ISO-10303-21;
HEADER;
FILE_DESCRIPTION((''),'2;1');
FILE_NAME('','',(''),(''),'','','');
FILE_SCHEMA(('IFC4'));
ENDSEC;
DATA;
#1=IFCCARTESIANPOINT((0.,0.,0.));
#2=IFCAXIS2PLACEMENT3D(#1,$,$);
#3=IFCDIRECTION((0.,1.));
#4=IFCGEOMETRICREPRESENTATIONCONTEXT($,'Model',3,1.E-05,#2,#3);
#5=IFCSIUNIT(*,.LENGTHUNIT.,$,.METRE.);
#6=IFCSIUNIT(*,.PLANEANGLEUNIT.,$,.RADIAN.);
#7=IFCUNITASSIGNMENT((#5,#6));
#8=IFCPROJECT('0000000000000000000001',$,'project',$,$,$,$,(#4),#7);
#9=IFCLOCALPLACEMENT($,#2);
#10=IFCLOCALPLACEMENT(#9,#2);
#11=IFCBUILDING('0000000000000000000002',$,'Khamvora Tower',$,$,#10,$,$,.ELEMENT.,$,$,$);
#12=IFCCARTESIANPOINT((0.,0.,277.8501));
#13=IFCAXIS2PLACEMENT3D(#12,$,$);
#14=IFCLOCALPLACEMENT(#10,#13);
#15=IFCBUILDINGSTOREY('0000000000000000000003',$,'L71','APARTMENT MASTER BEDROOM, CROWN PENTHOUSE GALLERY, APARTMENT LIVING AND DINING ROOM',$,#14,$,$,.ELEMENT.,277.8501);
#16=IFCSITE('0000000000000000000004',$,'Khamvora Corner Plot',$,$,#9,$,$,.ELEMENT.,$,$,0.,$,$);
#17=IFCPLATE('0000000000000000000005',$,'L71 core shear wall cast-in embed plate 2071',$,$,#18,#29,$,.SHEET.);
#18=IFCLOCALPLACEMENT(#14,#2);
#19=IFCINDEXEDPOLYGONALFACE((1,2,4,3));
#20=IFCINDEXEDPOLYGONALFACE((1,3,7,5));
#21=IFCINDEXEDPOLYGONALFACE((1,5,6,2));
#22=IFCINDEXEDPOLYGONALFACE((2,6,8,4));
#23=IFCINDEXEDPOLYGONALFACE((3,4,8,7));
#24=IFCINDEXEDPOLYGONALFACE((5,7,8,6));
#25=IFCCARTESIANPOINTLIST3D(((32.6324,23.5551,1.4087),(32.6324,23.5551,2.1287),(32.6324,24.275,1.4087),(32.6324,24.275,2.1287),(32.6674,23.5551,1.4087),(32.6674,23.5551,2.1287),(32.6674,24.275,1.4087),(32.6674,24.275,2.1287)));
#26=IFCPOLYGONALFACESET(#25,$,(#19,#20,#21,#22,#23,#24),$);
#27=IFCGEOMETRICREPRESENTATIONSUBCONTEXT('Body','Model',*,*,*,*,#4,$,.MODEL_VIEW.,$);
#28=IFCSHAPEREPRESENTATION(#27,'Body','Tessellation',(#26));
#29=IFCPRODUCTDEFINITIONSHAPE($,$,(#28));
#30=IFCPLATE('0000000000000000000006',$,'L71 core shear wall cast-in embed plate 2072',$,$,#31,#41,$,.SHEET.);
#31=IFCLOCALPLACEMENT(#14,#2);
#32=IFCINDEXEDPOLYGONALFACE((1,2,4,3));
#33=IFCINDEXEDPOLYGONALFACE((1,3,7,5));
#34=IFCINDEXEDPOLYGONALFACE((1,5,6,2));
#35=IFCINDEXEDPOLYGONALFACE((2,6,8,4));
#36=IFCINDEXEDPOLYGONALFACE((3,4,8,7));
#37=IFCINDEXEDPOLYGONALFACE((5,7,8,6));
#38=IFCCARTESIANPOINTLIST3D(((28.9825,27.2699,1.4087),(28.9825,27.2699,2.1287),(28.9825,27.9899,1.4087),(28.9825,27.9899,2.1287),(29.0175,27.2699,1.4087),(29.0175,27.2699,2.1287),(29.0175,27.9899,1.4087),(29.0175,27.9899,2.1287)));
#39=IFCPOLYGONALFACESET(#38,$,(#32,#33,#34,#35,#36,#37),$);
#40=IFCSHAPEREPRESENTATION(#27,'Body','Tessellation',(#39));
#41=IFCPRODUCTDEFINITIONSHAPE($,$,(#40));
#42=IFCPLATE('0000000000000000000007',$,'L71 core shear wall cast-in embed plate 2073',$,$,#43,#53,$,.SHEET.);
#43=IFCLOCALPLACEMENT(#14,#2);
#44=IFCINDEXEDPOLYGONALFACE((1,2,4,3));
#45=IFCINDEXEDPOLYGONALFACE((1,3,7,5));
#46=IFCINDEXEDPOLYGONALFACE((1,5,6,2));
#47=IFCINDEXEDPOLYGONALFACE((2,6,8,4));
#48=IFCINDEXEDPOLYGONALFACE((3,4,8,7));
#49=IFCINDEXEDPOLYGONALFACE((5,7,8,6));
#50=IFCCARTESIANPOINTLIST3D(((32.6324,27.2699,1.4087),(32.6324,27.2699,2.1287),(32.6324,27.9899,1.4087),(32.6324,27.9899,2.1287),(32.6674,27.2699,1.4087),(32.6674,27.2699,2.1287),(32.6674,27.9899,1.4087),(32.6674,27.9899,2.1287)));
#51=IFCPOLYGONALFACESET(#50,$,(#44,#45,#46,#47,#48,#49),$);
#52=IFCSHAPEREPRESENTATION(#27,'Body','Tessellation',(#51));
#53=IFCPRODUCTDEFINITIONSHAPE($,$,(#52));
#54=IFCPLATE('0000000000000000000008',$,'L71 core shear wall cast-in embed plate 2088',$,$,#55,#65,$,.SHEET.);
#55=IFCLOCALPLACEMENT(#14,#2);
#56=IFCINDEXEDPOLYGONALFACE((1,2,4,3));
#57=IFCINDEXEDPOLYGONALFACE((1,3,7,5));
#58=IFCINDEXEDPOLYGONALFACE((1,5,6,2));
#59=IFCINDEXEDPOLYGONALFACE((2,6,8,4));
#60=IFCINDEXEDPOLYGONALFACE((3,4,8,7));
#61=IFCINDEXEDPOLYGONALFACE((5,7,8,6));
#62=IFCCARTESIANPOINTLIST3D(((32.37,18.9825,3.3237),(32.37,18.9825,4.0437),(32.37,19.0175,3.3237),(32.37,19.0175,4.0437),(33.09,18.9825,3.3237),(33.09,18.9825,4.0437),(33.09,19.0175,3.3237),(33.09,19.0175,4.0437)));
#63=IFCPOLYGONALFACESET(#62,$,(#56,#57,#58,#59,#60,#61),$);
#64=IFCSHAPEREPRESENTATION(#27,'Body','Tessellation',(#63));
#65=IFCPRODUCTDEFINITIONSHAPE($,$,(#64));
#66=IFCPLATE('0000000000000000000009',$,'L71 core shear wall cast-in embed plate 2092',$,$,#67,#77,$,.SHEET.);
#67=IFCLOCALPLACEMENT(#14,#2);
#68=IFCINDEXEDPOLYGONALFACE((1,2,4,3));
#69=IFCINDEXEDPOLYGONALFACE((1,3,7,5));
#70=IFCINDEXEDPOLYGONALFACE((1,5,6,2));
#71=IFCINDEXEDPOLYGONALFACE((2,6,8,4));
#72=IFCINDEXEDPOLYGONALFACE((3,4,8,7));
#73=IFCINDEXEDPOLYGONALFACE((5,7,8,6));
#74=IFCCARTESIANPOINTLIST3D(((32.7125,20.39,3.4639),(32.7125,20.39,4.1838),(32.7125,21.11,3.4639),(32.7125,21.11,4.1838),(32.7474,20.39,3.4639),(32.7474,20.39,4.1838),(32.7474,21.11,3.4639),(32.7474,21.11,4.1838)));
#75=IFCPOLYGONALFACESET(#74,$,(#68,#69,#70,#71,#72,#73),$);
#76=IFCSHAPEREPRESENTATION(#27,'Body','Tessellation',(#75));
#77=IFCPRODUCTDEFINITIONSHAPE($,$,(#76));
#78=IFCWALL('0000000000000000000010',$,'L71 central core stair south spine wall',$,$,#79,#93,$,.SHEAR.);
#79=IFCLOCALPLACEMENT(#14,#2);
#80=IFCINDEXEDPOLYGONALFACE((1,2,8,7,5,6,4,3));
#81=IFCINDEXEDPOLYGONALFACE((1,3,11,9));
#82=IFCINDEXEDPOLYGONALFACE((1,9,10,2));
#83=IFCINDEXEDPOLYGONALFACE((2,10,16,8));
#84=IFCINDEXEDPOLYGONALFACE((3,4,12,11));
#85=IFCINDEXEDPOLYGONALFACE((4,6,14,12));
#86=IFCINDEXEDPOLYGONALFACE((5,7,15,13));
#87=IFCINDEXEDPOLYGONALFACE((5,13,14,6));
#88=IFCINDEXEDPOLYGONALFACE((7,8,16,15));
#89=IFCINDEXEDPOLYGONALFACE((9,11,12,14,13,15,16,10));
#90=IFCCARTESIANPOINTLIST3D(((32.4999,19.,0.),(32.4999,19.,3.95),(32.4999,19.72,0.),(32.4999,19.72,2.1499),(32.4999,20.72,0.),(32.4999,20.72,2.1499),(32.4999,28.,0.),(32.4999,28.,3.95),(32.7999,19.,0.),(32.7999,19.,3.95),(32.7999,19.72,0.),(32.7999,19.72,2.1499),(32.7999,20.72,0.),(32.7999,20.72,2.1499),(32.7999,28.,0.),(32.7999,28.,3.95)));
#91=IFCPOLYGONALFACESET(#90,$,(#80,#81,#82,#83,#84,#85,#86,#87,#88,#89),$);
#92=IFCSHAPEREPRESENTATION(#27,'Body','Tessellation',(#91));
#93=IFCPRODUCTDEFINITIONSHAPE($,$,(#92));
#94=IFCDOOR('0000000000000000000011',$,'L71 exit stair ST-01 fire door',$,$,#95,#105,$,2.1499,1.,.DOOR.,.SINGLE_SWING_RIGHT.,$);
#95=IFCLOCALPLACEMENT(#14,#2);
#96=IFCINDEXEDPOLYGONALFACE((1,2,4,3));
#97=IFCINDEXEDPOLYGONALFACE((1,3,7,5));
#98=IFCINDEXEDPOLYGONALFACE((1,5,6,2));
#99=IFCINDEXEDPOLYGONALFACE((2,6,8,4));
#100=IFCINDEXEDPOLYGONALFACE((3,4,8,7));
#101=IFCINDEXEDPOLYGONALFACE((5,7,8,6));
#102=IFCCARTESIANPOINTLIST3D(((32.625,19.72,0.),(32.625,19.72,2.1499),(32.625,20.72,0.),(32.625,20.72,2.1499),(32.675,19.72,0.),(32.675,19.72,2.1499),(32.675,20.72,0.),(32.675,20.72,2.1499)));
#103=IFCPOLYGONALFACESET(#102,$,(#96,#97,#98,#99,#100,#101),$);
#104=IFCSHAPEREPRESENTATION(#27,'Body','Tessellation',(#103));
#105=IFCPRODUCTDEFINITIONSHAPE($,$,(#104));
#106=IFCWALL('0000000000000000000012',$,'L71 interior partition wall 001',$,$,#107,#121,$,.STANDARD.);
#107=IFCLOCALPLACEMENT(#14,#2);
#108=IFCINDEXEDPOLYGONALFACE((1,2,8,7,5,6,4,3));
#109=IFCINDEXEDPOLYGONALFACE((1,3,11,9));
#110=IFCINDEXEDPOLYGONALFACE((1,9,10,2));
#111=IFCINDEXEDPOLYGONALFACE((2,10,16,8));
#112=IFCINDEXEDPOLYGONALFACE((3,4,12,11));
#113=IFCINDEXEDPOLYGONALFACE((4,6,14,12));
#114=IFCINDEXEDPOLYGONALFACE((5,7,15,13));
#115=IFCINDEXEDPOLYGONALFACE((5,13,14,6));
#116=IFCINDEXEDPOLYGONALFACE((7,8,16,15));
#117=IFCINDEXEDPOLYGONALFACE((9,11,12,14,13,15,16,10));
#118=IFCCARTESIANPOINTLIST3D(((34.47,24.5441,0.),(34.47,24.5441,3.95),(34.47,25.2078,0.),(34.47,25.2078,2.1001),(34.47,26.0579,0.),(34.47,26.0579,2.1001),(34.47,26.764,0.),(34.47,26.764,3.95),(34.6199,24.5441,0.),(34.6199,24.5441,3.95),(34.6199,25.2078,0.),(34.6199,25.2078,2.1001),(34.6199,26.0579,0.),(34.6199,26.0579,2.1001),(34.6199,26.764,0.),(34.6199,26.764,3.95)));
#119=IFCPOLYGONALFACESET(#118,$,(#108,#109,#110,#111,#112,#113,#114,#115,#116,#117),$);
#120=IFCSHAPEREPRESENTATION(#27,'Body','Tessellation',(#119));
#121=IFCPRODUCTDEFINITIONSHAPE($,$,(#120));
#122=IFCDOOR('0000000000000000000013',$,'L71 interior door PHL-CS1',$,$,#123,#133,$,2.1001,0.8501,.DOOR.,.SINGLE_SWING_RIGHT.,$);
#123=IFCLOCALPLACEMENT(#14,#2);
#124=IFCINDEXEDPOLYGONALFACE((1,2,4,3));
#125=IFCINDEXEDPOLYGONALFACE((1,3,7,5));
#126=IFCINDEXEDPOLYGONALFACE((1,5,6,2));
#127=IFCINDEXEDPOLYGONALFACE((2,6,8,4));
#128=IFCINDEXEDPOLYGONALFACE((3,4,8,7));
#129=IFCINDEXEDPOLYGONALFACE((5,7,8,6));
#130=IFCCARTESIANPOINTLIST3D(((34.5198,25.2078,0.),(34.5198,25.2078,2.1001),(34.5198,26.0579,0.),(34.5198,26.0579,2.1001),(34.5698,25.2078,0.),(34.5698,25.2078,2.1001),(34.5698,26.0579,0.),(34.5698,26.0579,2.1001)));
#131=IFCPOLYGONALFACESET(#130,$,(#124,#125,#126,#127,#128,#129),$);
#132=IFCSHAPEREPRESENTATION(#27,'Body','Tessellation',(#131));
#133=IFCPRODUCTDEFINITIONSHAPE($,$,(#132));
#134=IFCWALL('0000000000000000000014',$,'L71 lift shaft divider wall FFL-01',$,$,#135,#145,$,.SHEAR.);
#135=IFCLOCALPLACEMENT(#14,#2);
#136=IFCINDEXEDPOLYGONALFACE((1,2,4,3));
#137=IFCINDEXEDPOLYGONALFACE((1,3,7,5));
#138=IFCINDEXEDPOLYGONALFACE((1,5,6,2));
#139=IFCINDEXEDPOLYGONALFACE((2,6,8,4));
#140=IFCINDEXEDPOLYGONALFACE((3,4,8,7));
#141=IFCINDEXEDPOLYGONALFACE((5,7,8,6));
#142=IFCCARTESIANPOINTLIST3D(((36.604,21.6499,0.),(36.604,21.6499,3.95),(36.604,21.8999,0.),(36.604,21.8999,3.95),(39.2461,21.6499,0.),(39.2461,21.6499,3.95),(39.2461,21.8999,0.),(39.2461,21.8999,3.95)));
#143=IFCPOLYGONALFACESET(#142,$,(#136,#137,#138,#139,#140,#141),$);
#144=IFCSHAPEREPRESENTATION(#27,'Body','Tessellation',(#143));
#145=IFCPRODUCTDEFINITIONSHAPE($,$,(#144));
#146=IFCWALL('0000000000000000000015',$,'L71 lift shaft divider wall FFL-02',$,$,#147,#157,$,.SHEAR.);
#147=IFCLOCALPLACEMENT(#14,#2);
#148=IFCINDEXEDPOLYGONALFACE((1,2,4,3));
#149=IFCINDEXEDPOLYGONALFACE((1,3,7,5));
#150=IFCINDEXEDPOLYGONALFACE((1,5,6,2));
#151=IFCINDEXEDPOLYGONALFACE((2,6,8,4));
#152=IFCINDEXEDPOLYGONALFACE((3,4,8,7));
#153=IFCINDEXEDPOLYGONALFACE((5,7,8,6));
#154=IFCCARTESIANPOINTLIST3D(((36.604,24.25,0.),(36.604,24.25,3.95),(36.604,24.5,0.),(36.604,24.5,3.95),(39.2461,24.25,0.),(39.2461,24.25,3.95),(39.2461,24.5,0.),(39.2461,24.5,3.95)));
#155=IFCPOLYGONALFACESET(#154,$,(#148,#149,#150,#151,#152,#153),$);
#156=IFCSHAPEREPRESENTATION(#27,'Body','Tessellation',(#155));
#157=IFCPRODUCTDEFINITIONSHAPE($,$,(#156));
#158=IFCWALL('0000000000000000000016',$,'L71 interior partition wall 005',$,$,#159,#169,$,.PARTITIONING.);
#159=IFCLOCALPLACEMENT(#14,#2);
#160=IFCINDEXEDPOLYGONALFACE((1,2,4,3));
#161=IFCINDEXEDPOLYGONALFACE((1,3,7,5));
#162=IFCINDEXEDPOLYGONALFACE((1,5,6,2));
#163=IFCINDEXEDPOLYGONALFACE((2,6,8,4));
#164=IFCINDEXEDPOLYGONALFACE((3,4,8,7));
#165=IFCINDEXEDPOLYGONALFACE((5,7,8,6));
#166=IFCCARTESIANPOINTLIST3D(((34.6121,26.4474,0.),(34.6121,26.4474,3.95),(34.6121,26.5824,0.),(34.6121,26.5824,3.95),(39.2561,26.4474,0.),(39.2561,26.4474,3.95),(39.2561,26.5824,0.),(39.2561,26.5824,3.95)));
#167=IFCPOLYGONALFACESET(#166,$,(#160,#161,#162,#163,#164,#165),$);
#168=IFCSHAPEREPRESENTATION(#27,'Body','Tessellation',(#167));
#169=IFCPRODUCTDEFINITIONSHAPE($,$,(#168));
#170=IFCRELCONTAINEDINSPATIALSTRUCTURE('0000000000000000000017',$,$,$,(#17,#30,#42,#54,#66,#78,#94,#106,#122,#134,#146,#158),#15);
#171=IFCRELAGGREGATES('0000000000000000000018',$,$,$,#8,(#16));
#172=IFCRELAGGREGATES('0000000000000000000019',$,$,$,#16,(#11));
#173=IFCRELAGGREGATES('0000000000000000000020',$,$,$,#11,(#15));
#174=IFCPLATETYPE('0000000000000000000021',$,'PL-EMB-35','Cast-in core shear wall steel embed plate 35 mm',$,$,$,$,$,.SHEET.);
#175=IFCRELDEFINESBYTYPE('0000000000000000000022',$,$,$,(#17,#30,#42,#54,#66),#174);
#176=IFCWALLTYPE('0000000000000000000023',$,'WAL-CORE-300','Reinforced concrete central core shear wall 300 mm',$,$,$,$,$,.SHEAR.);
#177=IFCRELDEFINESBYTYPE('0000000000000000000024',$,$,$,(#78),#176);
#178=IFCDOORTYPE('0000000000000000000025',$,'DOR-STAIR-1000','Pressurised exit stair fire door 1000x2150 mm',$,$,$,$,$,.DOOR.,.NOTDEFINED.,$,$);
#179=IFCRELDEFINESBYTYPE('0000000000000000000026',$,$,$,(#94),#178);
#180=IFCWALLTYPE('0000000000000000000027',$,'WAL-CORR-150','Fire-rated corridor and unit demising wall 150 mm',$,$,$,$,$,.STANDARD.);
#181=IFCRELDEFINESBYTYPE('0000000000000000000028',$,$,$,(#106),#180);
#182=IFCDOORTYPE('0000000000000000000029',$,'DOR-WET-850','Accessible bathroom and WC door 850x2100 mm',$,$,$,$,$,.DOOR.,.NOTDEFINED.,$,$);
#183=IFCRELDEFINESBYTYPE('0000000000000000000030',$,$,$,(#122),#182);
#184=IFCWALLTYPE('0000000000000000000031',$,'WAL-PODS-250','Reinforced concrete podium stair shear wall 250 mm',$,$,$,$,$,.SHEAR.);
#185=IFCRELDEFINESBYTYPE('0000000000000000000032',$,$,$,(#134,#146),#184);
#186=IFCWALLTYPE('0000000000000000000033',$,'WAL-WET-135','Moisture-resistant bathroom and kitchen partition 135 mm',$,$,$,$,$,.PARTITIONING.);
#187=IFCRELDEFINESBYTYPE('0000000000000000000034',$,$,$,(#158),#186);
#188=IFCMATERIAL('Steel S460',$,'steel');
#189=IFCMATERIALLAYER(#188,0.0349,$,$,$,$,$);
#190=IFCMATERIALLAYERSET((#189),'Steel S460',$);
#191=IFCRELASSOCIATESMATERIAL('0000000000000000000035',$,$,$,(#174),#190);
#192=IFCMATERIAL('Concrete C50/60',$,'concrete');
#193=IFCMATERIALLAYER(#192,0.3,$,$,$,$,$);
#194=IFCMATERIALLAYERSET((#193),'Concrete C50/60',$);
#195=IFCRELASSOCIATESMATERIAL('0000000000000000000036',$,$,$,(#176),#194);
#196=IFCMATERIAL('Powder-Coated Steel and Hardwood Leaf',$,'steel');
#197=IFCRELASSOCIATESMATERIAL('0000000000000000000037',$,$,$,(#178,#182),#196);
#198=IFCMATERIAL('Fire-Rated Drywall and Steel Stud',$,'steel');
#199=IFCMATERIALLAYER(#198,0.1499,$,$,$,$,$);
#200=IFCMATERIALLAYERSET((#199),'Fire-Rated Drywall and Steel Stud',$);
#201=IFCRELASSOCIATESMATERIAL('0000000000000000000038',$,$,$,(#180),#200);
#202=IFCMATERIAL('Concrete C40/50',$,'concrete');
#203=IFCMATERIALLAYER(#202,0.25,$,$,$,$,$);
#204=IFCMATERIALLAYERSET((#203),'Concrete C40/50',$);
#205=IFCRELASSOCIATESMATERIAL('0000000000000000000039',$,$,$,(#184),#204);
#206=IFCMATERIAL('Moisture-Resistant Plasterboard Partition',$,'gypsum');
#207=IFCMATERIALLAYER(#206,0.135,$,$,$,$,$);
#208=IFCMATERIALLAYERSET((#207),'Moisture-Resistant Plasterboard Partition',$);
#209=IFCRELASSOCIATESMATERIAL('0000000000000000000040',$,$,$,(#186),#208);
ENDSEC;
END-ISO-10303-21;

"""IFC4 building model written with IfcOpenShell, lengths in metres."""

from ifc_helpers import new_model, si_unit, direction, frame, frame_2d, origin, origin_2d, place, context, subcontext, project, spatial, rectangle, extrude, material, layer, layer_set, type_object, element, fill, save


model = new_model("IFC4")

# Units and contexts
model_context = context("Model", 3, precision=1e-05, world=origin(), true_north=direction((0.0, 1.0)))
body_context = subcontext(model_context, "Body", "Model", "MODEL_VIEW")
ifc_project = project(units=[si_unit("LENGTHUNIT", "METRE"), si_unit("PLANEANGLEUNIT", "RADIAN")], contexts=[model_context])

# Site, building, storey
site_placement = place(None, origin())
site = spatial("IfcSite", under=ifc_project, at=site_placement, Name="Khamvora Corner Plot", CompositionType="ELEMENT", RefElevation=0.0)
building_placement = place(site_placement, origin())
building = spatial("IfcBuilding", under=site, at=building_placement, Name="Khamvora Tower", CompositionType="ELEMENT")
storey_placement = place(building_placement, frame((0.0, 0.0, 277.8501)))
storey = spatial("IfcBuildingStorey", under=building, at=storey_placement, Name="L71", Description="APARTMENT MASTER BEDROOM, CROWN PENTHOUSE GALLERY, APARTMENT LIVING AND DINING ROOM", CompositionType="ELEMENT", Elevation=277.8501)

# Plates
ifc_material_1 = material(Name="Steel S460", Category="steel")
ifc_layer_1 = layer(ifc_material_1, 0.0349)
ifc_layer_set_1 = layer_set([ifc_layer_1], Name="Steel S460")
plate_type = type_object("IfcPlateType", Name="PL-EMB-35", Description="Cast-in core shear wall steel embed plate 35 mm", PredefinedType="SHEET", material=ifc_layer_set_1)
for number, where, z_axis, x_axis, name in (
    (1, (32.6499, 23.915, 1.4087), (0.0, 0.0, 1.0), (1.0, 0.0, 0.0), "L71 core shear wall cast-in embed plate 2071"),
    (2, (29.0, 27.6299, 1.4087), (0.0, 0.0, 1.0), (1.0, 0.0, 0.0), "L71 core shear wall cast-in embed plate 2072"),
    (3, (32.6499, 27.6299, 1.4087), (0.0, 0.0, 1.0), (1.0, 0.0, 0.0), "L71 core shear wall cast-in embed plate 2073"),
):
    element("IfcPlate", number, at=place(storey_placement, frame(where, z_axis=z_axis, x_axis=x_axis)), inside=storey, type_object=plate_type, Name=name, PredefinedType="SHEET", context=body_context, shape_type="SweptSolid", body=[
        extrude(rectangle(XDim=0.0349, YDim=0.72, at=origin_2d()), origin(), (0.0, 0.0, 1.0), 0.72),
    ])
plate_1_placement = place(storey_placement, frame((32.73, 19.0, 3.3237), z_axis=(0.0, 0.0, 1.0), x_axis=(1.0, 0.0, 0.0)))
element("IfcPlate", 4, at=plate_1_placement, inside=storey, type_object=plate_type, Name="L71 core shear wall cast-in embed plate 2088", PredefinedType="SHEET", context=body_context, shape_type="SweptSolid", body=[
    extrude(rectangle(XDim=0.72, YDim=0.0349, at=origin_2d()), origin(), (0.0, 0.0, 1.0), 0.72),
])
plate_2_placement = place(storey_placement, frame((32.73, 20.75, 3.4639), z_axis=(0.0, 0.0, 1.0), x_axis=(1.0, 0.0, 0.0)))
element("IfcPlate", 5, at=plate_2_placement, inside=storey, type_object=plate_type, Name="L71 core shear wall cast-in embed plate 2092", PredefinedType="SHEET", context=body_context, shape_type="SweptSolid", body=[
    extrude(rectangle(XDim=0.0349, YDim=0.72, at=origin_2d()), origin(), (0.0, 0.0, 1.0), 0.72),
])

# Wall, opening, door
ifc_material_2 = material(Name="Concrete C50/60", Category="concrete")
ifc_layer_2 = layer(ifc_material_2, 0.3)
ifc_layer_set_2 = layer_set([ifc_layer_2], Name="Concrete C50/60")
wall_type_1 = type_object("IfcWallType", Name="WAL-CORE-300", Description="Reinforced concrete central core shear wall 300 mm", PredefinedType="SHEAR", material=ifc_layer_set_2)
wall_1_placement = place(storey_placement, frame((32.6499, 19.0, 0.0), z_axis=(0.0, 0.0, 1.0), x_axis=(0.0, 1.0, 0.0)))
wall_1 = element("IfcWall", 6, at=wall_1_placement, inside=storey, type_object=wall_type_1, Name="L71 central core stair south spine wall", PredefinedType="SHEAR", context=body_context, shape_type="SweptSolid", body=[
    extrude(rectangle(XDim=9.0, YDim=0.3, at=frame_2d((4.5, 0.0))), origin(), (0.0, 0.0, 1.0), 3.95),
])
opening_1_placement = place(wall_1_placement, frame((0.72, 0.0, 0.0)))
opening_1 = element("IfcOpeningElement", 7, at=opening_1_placement, cuts=wall_1, PredefinedType="OPENING", context=body_context, shape_type="SweptSolid", body=[
    extrude(rectangle(XDim=1.0, YDim=2.1499, at=frame_2d((0.5, 1.075))), frame((0.0, 0.1599, 0.0), z_axis=(0.0, -1.0, 0.0), x_axis=(1.0, 0.0, 0.0)), (0.0, 0.0, 1.0), 0.3201),
])
ifc_material_3 = material(Name="Powder-Coated Steel and Hardwood Leaf", Category="steel")
door_type_1 = type_object("IfcDoorType", Name="DOR-STAIR-1000", Description="Pressurised exit stair fire door 1000x2150 mm", OperationType="NOTDEFINED", PredefinedType="DOOR", material=ifc_material_3)
door_1_placement = place(opening_1_placement, origin())
door_1 = element("IfcDoor", 8, at=door_1_placement, inside=storey, type_object=door_type_1, Name="L71 exit stair ST-01 fire door", OperationType="SINGLE_SWING_RIGHT", OverallHeight=2.1499, OverallWidth=1.0, PredefinedType="DOOR", context=body_context, shape_type="SweptSolid", body=[
    extrude(rectangle(XDim=1.0, YDim=2.1499, at=frame_2d((0.5, 1.075))), frame((0.0, 0.0249, 0.0), z_axis=(0.0, -1.0, 0.0), x_axis=(1.0, 0.0, 0.0)), (0.0, 0.0, 1.0), 0.05),
])
fill(opening_1, door_1)

# Wall, opening, door
ifc_material_4 = material(Name="Fire-Rated Drywall and Steel Stud", Category="steel")
ifc_layer_3 = layer(ifc_material_4, 0.1499)
ifc_layer_set_3 = layer_set([ifc_layer_3], Name="Fire-Rated Drywall and Steel Stud")
wall_type_2 = type_object("IfcWallType", Name="WAL-CORR-150", Description="Fire-rated corridor and unit demising wall 150 mm", PredefinedType="STANDARD", material=ifc_layer_set_3)
wall_2_placement = place(storey_placement, frame((34.5449, 26.7639, 0.0), z_axis=(0.0, 0.0, 1.0), x_axis=(0.0, -1.0, 0.0)))
wall_2 = element("IfcWall", 9, at=wall_2_placement, inside=storey, type_object=wall_type_2, Name="L71 interior partition wall 001", PredefinedType="STANDARD", context=body_context, shape_type="SweptSolid", body=[
    extrude(rectangle(XDim=2.22, YDim=0.1499, at=frame_2d((1.1099, 0.0))), origin(), (0.0, 0.0, 1.0), 3.95),
])
opening_2_placement = place(wall_2_placement, frame((0.7061, 0.0, 0.0)))
opening_2 = element("IfcOpeningElement", 10, at=opening_2_placement, cuts=wall_2, PredefinedType="OPENING", context=body_context, shape_type="SweptSolid", body=[
    extrude(rectangle(XDim=0.8501, YDim=2.1001, at=frame_2d((0.425, 1.05))), frame((0.0, 0.085, 0.0), z_axis=(0.0, -1.0, 0.0), x_axis=(1.0, 0.0, 0.0)), (0.0, 0.0, 1.0), 0.1699),
])
door_type_2 = type_object("IfcDoorType", Name="DOR-WET-850", Description="Accessible bathroom and WC door 850x2100 mm", OperationType="NOTDEFINED", PredefinedType="DOOR", material=ifc_material_3)
door_2_placement = place(opening_2_placement, origin())
door_2 = element("IfcDoor", 11, at=door_2_placement, inside=storey, type_object=door_type_2, Name="L71 interior door PHL-CS1", OperationType="SINGLE_SWING_RIGHT", OverallHeight=2.1001, OverallWidth=0.8501, PredefinedType="DOOR", context=body_context, shape_type="SweptSolid", body=[
    extrude(rectangle(XDim=0.8501, YDim=2.1001, at=frame_2d((0.425, 1.05))), frame((0.0, 0.0249, 0.0), z_axis=(0.0, -1.0, 0.0), x_axis=(1.0, 0.0, 0.0)), (0.0, 0.0, 1.0), 0.05),
])
fill(opening_2, door_2)

# Walls
ifc_material_5 = material(Name="Concrete C40/50", Category="concrete")
ifc_layer_4 = layer(ifc_material_5, 0.25)
ifc_layer_set_4 = layer_set([ifc_layer_4], Name="Concrete C40/50")
wall_type_3 = type_object("IfcWallType", Name="WAL-PODS-250", Description="Reinforced concrete podium stair shear wall 250 mm", PredefinedType="SHEAR", material=ifc_layer_set_4)
for number, where, z_axis, x_axis, name in (
    (12, (36.604, 21.7749, 0.0), (0.0, 0.0, 1.0), (1.0, 0.0, 0.0), "L71 lift shaft divider wall FFL-01"),
    (13, (36.604, 24.375, 0.0), (0.0, 0.0, 1.0), (1.0, 0.0, 0.0), "L71 lift shaft divider wall FFL-02"),
):
    element("IfcWall", number, at=place(storey_placement, frame(where, z_axis=z_axis, x_axis=x_axis)), inside=storey, type_object=wall_type_3, Name=name, PredefinedType="SHEAR", context=body_context, shape_type="SweptSolid", body=[
        extrude(rectangle(XDim=2.6421, YDim=0.25, at=frame_2d((1.321, 0.0))), origin(), (0.0, 0.0, 1.0), 3.95),
    ])
ifc_material_6 = material(Name="Moisture-Resistant Plasterboard Partition", Category="gypsum")
ifc_layer_5 = layer(ifc_material_6, 0.135)
ifc_layer_set_5 = layer_set([ifc_layer_5], Name="Moisture-Resistant Plasterboard Partition")
wall_type_4 = type_object("IfcWallType", Name="WAL-WET-135", Description="Moisture-resistant bathroom and kitchen partition 135 mm", PredefinedType="PARTITIONING", material=ifc_layer_set_5)
wall_3_placement = place(storey_placement, frame((34.6121, 26.5149, 0.0), z_axis=(0.0, 0.0, 1.0), x_axis=(1.0, 0.0, 0.0)))
element("IfcWall", 14, at=wall_3_placement, inside=storey, type_object=wall_type_4, Name="L71 interior partition wall 005", PredefinedType="PARTITIONING", context=body_context, shape_type="SweptSolid", body=[
    extrude(rectangle(XDim=4.644, YDim=0.135, at=frame_2d((2.322, 0.0))), origin(), (0.0, 0.0, 1.0), 3.95),
])

save(model, "model.ifc")
